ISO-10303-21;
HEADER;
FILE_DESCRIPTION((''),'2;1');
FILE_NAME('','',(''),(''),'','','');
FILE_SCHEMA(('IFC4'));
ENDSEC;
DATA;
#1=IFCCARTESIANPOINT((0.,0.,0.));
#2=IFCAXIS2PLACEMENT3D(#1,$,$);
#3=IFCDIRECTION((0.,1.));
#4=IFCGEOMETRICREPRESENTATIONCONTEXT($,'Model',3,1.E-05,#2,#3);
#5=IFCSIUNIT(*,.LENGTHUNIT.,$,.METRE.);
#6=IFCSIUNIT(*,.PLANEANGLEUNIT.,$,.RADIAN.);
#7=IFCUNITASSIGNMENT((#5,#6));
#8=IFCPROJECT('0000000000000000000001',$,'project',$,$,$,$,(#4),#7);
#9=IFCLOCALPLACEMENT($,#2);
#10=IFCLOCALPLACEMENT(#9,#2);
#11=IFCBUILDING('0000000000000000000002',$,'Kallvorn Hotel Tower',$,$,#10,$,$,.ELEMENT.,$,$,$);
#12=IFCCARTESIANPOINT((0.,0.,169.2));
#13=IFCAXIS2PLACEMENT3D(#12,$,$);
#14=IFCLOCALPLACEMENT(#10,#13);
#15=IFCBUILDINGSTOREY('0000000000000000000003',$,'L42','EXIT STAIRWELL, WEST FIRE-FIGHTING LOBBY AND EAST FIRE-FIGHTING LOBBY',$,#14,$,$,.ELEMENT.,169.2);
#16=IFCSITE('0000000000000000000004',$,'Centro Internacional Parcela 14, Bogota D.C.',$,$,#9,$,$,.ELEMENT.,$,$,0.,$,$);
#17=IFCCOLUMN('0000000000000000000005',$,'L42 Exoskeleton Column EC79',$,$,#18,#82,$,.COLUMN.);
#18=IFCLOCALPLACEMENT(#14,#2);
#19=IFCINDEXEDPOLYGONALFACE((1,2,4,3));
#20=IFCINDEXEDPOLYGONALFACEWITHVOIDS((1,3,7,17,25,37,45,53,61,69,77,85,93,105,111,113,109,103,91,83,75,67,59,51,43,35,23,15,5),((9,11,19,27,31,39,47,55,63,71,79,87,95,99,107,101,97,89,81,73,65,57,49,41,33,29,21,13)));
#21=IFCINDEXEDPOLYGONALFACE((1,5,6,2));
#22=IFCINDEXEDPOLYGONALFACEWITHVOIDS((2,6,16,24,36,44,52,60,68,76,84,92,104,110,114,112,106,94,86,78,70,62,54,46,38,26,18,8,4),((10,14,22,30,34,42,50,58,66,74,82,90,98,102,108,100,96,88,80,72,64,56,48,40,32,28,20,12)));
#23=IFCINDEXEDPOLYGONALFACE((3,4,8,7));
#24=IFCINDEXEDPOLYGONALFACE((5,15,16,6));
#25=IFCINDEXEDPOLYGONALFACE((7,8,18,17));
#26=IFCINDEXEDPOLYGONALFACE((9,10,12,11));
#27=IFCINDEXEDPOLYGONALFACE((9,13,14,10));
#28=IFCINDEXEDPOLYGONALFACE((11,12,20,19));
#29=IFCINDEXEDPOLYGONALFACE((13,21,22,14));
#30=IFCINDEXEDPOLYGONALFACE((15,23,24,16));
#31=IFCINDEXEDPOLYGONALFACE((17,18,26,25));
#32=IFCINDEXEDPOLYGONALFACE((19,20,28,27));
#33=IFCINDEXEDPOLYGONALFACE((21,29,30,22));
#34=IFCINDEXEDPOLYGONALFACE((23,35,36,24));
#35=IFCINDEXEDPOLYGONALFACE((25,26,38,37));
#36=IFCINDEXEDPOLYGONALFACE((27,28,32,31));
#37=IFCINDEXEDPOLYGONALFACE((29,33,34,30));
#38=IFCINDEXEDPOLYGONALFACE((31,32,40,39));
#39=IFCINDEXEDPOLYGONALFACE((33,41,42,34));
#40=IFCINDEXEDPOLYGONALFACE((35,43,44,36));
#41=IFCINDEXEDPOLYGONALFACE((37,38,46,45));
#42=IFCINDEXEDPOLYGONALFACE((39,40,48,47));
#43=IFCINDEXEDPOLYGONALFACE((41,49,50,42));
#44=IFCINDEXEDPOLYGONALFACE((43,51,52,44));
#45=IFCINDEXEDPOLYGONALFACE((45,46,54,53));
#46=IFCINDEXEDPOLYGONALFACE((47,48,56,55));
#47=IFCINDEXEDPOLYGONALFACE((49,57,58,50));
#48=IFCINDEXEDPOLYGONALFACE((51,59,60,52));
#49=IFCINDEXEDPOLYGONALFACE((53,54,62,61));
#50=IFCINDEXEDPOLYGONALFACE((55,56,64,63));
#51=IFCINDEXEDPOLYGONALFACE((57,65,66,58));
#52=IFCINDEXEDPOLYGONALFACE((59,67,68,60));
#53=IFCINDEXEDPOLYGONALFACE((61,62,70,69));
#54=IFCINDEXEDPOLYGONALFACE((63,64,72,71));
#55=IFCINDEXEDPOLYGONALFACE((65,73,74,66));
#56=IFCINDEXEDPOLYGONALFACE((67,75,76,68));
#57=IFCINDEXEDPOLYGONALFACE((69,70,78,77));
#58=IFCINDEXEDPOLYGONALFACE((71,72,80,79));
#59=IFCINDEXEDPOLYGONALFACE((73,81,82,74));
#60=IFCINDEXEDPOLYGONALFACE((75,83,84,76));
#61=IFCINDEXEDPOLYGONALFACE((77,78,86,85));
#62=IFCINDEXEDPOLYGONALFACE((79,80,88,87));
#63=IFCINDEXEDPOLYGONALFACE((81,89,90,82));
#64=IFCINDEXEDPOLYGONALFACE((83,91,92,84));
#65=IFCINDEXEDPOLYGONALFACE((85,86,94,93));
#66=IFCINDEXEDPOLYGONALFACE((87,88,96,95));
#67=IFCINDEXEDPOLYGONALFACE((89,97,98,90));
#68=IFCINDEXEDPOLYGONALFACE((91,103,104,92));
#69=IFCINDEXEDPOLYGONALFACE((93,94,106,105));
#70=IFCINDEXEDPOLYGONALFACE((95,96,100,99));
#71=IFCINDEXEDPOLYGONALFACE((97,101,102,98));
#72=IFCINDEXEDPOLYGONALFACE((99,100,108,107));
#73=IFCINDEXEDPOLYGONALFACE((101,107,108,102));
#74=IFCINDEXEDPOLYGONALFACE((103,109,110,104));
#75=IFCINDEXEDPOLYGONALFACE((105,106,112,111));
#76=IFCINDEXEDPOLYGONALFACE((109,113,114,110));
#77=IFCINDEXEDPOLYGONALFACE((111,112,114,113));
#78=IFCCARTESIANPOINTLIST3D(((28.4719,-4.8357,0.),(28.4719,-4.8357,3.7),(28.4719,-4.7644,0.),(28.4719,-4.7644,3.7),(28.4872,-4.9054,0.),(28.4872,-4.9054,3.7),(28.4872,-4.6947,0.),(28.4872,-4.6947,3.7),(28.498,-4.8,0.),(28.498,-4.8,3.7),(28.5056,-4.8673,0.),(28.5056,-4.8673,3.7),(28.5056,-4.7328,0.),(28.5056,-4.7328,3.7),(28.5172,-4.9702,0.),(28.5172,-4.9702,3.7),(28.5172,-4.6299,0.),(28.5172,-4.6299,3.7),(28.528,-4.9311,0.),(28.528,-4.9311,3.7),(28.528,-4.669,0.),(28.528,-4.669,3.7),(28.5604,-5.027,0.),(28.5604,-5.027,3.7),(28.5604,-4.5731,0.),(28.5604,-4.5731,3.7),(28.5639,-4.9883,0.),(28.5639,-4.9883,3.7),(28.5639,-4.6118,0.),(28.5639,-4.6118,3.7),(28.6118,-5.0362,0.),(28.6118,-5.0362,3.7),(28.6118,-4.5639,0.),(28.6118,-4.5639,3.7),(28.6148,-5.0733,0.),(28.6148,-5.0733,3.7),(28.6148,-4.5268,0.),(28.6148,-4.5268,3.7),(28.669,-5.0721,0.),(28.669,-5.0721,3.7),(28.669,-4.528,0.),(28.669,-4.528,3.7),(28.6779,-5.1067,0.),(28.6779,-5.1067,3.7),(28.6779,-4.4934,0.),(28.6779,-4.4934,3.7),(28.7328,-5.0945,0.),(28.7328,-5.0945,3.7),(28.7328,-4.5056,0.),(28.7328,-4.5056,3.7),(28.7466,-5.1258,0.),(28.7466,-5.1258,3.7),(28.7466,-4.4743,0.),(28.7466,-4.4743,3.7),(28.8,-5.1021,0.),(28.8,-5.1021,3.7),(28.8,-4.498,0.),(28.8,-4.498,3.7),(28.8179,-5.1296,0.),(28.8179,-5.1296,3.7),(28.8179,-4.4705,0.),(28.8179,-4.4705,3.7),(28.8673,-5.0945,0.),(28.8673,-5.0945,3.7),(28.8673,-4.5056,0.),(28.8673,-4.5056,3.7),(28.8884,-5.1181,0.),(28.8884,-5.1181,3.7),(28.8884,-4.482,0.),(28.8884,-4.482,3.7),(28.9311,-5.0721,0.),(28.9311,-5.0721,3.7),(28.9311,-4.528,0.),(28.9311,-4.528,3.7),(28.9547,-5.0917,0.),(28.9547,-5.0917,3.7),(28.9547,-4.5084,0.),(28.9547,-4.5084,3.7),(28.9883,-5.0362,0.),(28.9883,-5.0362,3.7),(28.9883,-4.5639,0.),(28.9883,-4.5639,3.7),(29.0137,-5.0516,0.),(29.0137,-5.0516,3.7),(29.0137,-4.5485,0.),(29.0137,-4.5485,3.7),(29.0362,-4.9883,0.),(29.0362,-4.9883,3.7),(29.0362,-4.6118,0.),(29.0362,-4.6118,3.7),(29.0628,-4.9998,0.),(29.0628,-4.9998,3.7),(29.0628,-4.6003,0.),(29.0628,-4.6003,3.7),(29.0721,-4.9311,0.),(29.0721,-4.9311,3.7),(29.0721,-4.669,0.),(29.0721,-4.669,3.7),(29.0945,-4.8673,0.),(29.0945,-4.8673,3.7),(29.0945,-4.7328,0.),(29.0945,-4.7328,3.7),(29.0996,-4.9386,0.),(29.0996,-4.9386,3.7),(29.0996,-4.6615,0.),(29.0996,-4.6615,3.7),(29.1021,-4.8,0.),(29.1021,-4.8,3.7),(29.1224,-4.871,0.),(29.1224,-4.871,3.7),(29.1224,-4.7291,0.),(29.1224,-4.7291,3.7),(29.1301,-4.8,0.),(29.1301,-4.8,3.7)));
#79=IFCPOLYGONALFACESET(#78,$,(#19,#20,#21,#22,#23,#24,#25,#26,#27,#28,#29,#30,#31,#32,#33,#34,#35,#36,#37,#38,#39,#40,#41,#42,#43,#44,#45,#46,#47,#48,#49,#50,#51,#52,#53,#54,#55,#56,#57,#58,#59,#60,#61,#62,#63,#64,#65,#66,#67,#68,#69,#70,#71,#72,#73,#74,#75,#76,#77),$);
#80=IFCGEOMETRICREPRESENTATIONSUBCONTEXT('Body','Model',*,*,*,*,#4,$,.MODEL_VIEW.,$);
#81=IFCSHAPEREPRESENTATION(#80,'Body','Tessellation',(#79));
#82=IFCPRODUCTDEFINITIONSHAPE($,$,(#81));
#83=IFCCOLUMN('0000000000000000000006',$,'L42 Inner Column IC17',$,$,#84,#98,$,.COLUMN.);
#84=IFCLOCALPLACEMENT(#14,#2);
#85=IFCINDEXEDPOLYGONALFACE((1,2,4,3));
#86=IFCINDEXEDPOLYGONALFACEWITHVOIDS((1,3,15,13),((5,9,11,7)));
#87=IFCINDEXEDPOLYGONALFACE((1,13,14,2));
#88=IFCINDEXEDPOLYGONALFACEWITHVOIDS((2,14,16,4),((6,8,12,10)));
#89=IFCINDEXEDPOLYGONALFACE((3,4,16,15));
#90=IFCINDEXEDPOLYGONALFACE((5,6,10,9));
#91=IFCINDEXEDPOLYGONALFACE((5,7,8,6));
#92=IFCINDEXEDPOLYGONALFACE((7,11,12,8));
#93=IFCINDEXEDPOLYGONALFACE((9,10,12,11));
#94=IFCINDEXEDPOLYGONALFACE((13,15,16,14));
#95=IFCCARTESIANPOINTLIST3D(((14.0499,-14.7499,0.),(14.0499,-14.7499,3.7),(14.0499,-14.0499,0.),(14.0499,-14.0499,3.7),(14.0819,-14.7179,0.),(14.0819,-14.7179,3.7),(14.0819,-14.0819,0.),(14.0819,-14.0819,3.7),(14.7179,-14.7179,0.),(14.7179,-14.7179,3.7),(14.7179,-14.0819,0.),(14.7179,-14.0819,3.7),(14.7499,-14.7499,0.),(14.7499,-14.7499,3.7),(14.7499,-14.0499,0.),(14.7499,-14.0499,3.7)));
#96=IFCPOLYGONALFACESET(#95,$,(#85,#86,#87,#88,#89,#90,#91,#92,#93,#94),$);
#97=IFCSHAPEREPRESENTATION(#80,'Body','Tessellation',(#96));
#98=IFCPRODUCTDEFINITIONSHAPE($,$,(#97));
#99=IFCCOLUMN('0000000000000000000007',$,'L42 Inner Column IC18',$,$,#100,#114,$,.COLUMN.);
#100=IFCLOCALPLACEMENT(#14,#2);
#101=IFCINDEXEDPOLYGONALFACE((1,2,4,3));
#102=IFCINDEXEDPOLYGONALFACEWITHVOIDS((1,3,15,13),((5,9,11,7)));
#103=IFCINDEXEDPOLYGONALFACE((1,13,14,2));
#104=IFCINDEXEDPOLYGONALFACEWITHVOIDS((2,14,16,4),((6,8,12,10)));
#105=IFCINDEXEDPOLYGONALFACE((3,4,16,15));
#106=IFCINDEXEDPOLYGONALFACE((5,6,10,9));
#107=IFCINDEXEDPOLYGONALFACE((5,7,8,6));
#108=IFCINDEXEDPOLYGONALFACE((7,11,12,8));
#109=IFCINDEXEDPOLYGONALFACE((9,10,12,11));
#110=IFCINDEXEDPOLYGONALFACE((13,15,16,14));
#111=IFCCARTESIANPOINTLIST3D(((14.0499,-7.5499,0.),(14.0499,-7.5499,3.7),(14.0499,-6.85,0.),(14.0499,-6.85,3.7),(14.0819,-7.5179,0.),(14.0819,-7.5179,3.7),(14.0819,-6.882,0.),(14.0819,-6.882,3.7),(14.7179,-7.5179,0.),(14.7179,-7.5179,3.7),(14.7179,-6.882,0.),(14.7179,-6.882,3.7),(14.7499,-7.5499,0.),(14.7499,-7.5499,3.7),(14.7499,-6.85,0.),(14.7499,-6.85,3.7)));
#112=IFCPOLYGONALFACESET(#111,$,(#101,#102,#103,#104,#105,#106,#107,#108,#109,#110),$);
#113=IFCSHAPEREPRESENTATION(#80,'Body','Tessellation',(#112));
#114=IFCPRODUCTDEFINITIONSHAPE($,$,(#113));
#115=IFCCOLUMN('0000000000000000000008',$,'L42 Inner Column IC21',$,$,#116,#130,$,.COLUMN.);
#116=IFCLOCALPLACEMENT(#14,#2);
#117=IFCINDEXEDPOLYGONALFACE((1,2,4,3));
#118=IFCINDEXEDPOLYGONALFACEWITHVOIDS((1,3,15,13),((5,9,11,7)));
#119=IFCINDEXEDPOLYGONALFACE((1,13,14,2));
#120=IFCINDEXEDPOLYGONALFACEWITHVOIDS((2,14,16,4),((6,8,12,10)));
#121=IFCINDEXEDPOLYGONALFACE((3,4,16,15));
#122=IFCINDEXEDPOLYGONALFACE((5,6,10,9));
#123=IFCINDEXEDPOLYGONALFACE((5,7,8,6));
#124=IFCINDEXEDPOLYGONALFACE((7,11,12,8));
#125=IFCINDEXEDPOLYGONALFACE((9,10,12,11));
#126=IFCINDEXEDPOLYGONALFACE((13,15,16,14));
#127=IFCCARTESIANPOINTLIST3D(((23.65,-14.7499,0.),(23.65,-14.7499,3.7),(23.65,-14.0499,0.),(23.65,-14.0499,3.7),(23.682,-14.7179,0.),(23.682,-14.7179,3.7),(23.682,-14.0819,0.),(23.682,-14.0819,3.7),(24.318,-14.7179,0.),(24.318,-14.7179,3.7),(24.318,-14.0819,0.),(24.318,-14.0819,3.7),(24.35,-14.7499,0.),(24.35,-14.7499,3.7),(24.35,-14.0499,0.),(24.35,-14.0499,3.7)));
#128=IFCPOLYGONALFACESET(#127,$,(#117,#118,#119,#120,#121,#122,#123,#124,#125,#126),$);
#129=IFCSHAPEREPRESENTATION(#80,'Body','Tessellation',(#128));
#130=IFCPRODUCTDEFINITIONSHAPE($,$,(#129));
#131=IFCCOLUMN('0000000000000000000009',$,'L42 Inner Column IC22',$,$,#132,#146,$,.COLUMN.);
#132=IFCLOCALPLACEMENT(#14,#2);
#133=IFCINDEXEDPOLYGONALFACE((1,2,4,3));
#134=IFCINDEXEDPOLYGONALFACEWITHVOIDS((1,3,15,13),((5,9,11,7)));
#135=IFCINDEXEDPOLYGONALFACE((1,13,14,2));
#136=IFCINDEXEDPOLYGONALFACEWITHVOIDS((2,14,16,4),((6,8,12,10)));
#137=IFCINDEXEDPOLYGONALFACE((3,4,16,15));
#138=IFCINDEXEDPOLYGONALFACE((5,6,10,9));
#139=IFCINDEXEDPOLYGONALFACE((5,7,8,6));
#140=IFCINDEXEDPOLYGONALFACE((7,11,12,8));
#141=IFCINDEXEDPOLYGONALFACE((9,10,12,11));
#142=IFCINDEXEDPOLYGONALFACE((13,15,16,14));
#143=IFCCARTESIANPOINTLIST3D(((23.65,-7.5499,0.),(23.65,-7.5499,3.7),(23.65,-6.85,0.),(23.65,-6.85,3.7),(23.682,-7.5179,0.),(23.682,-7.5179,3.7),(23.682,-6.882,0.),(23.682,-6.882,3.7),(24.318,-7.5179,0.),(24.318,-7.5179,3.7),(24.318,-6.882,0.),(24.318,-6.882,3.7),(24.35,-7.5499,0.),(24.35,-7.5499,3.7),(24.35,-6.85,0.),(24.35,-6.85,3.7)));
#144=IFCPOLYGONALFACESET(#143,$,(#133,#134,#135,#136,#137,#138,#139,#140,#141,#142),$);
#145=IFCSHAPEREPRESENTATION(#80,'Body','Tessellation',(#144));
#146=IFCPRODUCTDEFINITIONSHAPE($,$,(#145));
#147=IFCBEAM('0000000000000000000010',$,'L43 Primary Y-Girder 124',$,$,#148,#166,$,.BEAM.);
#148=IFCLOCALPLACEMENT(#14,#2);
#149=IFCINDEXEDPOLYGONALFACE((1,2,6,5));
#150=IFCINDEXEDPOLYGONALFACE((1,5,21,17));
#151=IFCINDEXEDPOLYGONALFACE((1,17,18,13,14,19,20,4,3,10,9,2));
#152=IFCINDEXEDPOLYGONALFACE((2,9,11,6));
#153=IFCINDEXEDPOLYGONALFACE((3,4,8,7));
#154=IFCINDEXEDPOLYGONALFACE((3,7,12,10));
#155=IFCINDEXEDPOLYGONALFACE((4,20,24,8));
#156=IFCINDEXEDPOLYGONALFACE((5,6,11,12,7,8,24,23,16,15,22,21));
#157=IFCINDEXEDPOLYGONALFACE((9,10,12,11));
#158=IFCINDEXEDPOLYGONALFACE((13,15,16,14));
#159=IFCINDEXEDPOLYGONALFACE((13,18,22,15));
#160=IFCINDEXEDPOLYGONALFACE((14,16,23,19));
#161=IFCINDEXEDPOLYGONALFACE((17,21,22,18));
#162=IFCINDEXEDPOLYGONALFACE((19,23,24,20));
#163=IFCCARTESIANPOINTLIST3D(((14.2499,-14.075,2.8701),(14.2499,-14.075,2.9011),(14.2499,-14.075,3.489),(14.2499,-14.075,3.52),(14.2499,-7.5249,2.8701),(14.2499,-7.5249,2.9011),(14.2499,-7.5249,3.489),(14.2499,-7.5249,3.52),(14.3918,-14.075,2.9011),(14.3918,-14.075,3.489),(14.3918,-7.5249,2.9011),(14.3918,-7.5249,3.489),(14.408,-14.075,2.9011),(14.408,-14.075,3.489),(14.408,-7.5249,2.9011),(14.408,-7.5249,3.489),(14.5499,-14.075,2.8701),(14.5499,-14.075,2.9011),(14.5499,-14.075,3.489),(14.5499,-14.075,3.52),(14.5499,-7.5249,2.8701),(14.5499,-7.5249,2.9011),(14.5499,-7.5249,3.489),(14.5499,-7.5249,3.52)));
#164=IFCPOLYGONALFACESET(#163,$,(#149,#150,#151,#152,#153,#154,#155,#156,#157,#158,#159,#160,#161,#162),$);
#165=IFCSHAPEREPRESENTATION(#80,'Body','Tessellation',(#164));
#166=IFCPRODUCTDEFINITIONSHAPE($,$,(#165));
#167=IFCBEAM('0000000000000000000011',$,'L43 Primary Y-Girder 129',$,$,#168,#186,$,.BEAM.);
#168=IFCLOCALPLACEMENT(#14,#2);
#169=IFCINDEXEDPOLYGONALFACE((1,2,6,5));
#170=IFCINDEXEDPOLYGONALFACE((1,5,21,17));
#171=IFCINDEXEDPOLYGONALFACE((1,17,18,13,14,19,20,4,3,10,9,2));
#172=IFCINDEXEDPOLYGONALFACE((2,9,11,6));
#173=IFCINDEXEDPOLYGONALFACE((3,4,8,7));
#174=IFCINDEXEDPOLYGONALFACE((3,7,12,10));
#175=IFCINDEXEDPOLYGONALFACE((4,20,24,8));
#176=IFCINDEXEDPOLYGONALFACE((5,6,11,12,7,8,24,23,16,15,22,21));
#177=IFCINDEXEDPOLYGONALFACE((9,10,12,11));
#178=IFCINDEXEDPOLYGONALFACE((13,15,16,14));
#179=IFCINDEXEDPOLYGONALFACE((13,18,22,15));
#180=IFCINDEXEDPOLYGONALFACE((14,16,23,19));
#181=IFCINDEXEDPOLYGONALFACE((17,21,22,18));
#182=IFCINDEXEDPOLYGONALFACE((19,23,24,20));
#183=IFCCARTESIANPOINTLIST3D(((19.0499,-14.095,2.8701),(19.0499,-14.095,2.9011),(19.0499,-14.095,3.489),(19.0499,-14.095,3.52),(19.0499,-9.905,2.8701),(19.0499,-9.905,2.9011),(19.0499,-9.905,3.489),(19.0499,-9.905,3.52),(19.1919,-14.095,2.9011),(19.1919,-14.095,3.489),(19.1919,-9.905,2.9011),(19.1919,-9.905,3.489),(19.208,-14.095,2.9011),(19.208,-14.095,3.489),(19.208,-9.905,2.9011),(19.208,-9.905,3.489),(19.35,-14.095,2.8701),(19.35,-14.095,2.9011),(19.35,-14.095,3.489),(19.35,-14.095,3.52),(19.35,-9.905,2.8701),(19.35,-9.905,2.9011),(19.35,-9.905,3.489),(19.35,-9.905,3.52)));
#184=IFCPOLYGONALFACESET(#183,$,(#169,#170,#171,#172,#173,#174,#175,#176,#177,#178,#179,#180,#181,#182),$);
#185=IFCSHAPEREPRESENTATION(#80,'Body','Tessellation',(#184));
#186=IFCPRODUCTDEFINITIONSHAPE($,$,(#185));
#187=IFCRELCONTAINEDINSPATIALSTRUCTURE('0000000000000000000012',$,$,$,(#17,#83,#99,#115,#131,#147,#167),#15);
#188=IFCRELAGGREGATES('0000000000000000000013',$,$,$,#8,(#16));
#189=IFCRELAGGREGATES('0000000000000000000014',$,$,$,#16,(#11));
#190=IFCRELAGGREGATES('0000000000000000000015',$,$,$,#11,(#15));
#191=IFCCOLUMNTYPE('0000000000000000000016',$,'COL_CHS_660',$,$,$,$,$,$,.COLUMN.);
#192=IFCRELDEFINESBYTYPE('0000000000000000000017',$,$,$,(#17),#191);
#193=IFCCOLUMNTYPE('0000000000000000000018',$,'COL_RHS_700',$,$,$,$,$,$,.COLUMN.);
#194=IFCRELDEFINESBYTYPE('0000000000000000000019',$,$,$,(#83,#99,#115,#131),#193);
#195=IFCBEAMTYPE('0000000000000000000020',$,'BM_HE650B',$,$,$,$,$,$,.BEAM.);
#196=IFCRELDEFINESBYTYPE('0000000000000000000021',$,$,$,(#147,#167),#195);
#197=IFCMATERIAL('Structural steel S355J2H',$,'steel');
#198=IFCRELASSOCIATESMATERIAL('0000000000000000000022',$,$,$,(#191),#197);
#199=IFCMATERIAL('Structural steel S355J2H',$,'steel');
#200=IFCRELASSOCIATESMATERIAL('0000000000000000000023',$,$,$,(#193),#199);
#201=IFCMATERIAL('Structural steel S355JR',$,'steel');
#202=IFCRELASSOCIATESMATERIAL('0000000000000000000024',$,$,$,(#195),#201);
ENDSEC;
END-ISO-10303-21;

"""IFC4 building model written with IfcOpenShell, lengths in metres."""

from ifc_helpers import new_model, si_unit, direction, frame, origin, origin_2d, place, context, subcontext, project, spatial, hollow_rectangle, hollow_circle, i_section, extrude, material, material_profile, profile_set, type_object, element, save


model = new_model("IFC4")

# Units and contexts
model_context = context("Model", 3, precision=1e-05, world=origin(), true_north=direction((0.0, 1.0)))
body_context = subcontext(model_context, "Body", "Model", "MODEL_VIEW")
ifc_project = project(units=[si_unit("LENGTHUNIT", "METRE"), si_unit("PLANEANGLEUNIT", "RADIAN")], contexts=[model_context])

# Site, building, storey
site_placement = place(None, origin())
site = spatial("IfcSite", under=ifc_project, at=site_placement, Name="Centro Internacional Parcela 14, Bogota D.C.", CompositionType="ELEMENT", RefElevation=0.0)
building_placement = place(site_placement, origin())
building = spatial("IfcBuilding", under=site, at=building_placement, Name="Kallvorn Hotel Tower", CompositionType="ELEMENT")
storey_placement = place(building_placement, frame((0.0, 0.0, 169.2)))
storey = spatial("IfcBuildingStorey", under=building, at=storey_placement, Name="L42", Description="EXIT STAIRWELL, WEST FIRE-FIGHTING LOBBY AND EAST FIRE-FIGHTING LOBBY", CompositionType="ELEMENT", Elevation=169.2)

# Columns
ifc_material_1 = material(Name="Structural steel S355J2H", Category="steel")
ifc_material_profile_1 = material_profile(ifc_material_1, hollow_circle(Radius=0.3301, WallThickness=0.0281, at=origin_2d()), Name="CHS 660x28")
ifc_profile_set_1 = profile_set([ifc_material_profile_1], Name="Structural steel S355J2H")
column_type_1 = type_object("IfcColumnType", Name="COL_CHS_660", PredefinedType="COLUMN", material=ifc_profile_set_1)
for number, where, z_axis, x_axis, name in (
    (1, (28.8, -4.8, 0.0), (0.0, 0.0, 1.0), (1.0, 0.0, 0.0), "L42 Exoskeleton Column EC79"),
):
    element("IfcColumn", number, at=place(storey_placement, frame(where, z_axis=z_axis, x_axis=x_axis)), inside=storey, type_object=column_type_1, Name=name, PredefinedType="COLUMN", context=body_context, shape_type="SweptSolid", body=[
        extrude(hollow_circle(Radius=0.3301, WallThickness=0.0281, at=origin_2d()), origin(), (0.0, 0.0, 1.0), 3.7),
    ])
ifc_material_2 = material(Name="Structural steel S355J2H", Category="steel")
ifc_material_profile_2 = material_profile(ifc_material_2, hollow_rectangle(XDim=0.7, YDim=0.7, WallThickness=0.032, at=origin_2d()), Name="RHS 700x700x32")
ifc_profile_set_2 = profile_set([ifc_material_profile_2], Name="Structural steel S355J2H")
column_type_2 = type_object("IfcColumnType", Name="COL_RHS_700", PredefinedType="COLUMN", material=ifc_profile_set_2)
for number, where, z_axis, x_axis, name in (
    (2, (14.3999, -14.3999, 0.0), (0.0, 0.0, 1.0), (1.0, 0.0, 0.0), "L42 Inner Column IC17"),
    (3, (14.3999, -7.2, 0.0), (0.0, 0.0, 1.0), (1.0, 0.0, 0.0), "L42 Inner Column IC18"),
    (4, (24.0, -14.3999, 0.0), (0.0, 0.0, 1.0), (1.0, 0.0, 0.0), "L42 Inner Column IC21"),
    (5, (24.0, -7.2, 0.0), (0.0, 0.0, 1.0), (1.0, 0.0, 0.0), "L42 Inner Column IC22"),
):
    element("IfcColumn", number, at=place(storey_placement, frame(where, z_axis=z_axis, x_axis=x_axis)), inside=storey, type_object=column_type_2, Name=name, PredefinedType="COLUMN", context=body_context, shape_type="SweptSolid", body=[
        extrude(hollow_rectangle(XDim=0.7, YDim=0.7, WallThickness=0.032, at=origin_2d()), origin(), (0.0, 0.0, 1.0), 3.7),
    ])

# Beams
ifc_material_3 = material(Name="Structural steel S355JR", Category="steel")
ifc_material_profile_3 = material_profile(ifc_material_3, i_section(OverallWidth=0.3, OverallDepth=0.6499, WebThickness=0.0161, FlangeThickness=0.031, at=origin_2d()), Name="HE 650 B")
ifc_profile_set_3 = profile_set([ifc_material_profile_3], Name="Structural steel S355JR")
beam_type_1 = type_object("IfcBeamType", Name="BM_HE650B", PredefinedType="BEAM", material=ifc_profile_set_3)
beam_1_placement = place(storey_placement, frame((14.3999, -14.075, 3.1951), z_axis=(0.0, 1.0, 0.0), x_axis=(-1.0, 0.0, 0.0)))
element("IfcBeam", 6, at=beam_1_placement, inside=storey, type_object=beam_type_1, Name="L43 Primary Y-Girder 124", PredefinedType="BEAM", context=body_context, shape_type="SweptSolid", body=[
    extrude(i_section(OverallWidth=0.3, OverallDepth=0.6499, WebThickness=0.0161, FlangeThickness=0.031, at=origin_2d()), origin(), (0.0, 0.0, 1.0), 6.55),
])
beam_2_placement = place(storey_placement, frame((19.2, -14.095, 3.1951), z_axis=(0.0, 1.0, 0.0), x_axis=(-1.0, 0.0, 0.0)))
element("IfcBeam", 7, at=beam_2_placement, inside=storey, type_object=beam_type_1, Name="L43 Primary Y-Girder 129", PredefinedType="BEAM", context=body_context, shape_type="SweptSolid", body=[
    extrude(i_section(OverallWidth=0.3, OverallDepth=0.6499, WebThickness=0.0161, FlangeThickness=0.031, at=origin_2d()), origin(), (0.0, 0.0, 1.0), 4.1899),
])

save(model, "model.ifc")
